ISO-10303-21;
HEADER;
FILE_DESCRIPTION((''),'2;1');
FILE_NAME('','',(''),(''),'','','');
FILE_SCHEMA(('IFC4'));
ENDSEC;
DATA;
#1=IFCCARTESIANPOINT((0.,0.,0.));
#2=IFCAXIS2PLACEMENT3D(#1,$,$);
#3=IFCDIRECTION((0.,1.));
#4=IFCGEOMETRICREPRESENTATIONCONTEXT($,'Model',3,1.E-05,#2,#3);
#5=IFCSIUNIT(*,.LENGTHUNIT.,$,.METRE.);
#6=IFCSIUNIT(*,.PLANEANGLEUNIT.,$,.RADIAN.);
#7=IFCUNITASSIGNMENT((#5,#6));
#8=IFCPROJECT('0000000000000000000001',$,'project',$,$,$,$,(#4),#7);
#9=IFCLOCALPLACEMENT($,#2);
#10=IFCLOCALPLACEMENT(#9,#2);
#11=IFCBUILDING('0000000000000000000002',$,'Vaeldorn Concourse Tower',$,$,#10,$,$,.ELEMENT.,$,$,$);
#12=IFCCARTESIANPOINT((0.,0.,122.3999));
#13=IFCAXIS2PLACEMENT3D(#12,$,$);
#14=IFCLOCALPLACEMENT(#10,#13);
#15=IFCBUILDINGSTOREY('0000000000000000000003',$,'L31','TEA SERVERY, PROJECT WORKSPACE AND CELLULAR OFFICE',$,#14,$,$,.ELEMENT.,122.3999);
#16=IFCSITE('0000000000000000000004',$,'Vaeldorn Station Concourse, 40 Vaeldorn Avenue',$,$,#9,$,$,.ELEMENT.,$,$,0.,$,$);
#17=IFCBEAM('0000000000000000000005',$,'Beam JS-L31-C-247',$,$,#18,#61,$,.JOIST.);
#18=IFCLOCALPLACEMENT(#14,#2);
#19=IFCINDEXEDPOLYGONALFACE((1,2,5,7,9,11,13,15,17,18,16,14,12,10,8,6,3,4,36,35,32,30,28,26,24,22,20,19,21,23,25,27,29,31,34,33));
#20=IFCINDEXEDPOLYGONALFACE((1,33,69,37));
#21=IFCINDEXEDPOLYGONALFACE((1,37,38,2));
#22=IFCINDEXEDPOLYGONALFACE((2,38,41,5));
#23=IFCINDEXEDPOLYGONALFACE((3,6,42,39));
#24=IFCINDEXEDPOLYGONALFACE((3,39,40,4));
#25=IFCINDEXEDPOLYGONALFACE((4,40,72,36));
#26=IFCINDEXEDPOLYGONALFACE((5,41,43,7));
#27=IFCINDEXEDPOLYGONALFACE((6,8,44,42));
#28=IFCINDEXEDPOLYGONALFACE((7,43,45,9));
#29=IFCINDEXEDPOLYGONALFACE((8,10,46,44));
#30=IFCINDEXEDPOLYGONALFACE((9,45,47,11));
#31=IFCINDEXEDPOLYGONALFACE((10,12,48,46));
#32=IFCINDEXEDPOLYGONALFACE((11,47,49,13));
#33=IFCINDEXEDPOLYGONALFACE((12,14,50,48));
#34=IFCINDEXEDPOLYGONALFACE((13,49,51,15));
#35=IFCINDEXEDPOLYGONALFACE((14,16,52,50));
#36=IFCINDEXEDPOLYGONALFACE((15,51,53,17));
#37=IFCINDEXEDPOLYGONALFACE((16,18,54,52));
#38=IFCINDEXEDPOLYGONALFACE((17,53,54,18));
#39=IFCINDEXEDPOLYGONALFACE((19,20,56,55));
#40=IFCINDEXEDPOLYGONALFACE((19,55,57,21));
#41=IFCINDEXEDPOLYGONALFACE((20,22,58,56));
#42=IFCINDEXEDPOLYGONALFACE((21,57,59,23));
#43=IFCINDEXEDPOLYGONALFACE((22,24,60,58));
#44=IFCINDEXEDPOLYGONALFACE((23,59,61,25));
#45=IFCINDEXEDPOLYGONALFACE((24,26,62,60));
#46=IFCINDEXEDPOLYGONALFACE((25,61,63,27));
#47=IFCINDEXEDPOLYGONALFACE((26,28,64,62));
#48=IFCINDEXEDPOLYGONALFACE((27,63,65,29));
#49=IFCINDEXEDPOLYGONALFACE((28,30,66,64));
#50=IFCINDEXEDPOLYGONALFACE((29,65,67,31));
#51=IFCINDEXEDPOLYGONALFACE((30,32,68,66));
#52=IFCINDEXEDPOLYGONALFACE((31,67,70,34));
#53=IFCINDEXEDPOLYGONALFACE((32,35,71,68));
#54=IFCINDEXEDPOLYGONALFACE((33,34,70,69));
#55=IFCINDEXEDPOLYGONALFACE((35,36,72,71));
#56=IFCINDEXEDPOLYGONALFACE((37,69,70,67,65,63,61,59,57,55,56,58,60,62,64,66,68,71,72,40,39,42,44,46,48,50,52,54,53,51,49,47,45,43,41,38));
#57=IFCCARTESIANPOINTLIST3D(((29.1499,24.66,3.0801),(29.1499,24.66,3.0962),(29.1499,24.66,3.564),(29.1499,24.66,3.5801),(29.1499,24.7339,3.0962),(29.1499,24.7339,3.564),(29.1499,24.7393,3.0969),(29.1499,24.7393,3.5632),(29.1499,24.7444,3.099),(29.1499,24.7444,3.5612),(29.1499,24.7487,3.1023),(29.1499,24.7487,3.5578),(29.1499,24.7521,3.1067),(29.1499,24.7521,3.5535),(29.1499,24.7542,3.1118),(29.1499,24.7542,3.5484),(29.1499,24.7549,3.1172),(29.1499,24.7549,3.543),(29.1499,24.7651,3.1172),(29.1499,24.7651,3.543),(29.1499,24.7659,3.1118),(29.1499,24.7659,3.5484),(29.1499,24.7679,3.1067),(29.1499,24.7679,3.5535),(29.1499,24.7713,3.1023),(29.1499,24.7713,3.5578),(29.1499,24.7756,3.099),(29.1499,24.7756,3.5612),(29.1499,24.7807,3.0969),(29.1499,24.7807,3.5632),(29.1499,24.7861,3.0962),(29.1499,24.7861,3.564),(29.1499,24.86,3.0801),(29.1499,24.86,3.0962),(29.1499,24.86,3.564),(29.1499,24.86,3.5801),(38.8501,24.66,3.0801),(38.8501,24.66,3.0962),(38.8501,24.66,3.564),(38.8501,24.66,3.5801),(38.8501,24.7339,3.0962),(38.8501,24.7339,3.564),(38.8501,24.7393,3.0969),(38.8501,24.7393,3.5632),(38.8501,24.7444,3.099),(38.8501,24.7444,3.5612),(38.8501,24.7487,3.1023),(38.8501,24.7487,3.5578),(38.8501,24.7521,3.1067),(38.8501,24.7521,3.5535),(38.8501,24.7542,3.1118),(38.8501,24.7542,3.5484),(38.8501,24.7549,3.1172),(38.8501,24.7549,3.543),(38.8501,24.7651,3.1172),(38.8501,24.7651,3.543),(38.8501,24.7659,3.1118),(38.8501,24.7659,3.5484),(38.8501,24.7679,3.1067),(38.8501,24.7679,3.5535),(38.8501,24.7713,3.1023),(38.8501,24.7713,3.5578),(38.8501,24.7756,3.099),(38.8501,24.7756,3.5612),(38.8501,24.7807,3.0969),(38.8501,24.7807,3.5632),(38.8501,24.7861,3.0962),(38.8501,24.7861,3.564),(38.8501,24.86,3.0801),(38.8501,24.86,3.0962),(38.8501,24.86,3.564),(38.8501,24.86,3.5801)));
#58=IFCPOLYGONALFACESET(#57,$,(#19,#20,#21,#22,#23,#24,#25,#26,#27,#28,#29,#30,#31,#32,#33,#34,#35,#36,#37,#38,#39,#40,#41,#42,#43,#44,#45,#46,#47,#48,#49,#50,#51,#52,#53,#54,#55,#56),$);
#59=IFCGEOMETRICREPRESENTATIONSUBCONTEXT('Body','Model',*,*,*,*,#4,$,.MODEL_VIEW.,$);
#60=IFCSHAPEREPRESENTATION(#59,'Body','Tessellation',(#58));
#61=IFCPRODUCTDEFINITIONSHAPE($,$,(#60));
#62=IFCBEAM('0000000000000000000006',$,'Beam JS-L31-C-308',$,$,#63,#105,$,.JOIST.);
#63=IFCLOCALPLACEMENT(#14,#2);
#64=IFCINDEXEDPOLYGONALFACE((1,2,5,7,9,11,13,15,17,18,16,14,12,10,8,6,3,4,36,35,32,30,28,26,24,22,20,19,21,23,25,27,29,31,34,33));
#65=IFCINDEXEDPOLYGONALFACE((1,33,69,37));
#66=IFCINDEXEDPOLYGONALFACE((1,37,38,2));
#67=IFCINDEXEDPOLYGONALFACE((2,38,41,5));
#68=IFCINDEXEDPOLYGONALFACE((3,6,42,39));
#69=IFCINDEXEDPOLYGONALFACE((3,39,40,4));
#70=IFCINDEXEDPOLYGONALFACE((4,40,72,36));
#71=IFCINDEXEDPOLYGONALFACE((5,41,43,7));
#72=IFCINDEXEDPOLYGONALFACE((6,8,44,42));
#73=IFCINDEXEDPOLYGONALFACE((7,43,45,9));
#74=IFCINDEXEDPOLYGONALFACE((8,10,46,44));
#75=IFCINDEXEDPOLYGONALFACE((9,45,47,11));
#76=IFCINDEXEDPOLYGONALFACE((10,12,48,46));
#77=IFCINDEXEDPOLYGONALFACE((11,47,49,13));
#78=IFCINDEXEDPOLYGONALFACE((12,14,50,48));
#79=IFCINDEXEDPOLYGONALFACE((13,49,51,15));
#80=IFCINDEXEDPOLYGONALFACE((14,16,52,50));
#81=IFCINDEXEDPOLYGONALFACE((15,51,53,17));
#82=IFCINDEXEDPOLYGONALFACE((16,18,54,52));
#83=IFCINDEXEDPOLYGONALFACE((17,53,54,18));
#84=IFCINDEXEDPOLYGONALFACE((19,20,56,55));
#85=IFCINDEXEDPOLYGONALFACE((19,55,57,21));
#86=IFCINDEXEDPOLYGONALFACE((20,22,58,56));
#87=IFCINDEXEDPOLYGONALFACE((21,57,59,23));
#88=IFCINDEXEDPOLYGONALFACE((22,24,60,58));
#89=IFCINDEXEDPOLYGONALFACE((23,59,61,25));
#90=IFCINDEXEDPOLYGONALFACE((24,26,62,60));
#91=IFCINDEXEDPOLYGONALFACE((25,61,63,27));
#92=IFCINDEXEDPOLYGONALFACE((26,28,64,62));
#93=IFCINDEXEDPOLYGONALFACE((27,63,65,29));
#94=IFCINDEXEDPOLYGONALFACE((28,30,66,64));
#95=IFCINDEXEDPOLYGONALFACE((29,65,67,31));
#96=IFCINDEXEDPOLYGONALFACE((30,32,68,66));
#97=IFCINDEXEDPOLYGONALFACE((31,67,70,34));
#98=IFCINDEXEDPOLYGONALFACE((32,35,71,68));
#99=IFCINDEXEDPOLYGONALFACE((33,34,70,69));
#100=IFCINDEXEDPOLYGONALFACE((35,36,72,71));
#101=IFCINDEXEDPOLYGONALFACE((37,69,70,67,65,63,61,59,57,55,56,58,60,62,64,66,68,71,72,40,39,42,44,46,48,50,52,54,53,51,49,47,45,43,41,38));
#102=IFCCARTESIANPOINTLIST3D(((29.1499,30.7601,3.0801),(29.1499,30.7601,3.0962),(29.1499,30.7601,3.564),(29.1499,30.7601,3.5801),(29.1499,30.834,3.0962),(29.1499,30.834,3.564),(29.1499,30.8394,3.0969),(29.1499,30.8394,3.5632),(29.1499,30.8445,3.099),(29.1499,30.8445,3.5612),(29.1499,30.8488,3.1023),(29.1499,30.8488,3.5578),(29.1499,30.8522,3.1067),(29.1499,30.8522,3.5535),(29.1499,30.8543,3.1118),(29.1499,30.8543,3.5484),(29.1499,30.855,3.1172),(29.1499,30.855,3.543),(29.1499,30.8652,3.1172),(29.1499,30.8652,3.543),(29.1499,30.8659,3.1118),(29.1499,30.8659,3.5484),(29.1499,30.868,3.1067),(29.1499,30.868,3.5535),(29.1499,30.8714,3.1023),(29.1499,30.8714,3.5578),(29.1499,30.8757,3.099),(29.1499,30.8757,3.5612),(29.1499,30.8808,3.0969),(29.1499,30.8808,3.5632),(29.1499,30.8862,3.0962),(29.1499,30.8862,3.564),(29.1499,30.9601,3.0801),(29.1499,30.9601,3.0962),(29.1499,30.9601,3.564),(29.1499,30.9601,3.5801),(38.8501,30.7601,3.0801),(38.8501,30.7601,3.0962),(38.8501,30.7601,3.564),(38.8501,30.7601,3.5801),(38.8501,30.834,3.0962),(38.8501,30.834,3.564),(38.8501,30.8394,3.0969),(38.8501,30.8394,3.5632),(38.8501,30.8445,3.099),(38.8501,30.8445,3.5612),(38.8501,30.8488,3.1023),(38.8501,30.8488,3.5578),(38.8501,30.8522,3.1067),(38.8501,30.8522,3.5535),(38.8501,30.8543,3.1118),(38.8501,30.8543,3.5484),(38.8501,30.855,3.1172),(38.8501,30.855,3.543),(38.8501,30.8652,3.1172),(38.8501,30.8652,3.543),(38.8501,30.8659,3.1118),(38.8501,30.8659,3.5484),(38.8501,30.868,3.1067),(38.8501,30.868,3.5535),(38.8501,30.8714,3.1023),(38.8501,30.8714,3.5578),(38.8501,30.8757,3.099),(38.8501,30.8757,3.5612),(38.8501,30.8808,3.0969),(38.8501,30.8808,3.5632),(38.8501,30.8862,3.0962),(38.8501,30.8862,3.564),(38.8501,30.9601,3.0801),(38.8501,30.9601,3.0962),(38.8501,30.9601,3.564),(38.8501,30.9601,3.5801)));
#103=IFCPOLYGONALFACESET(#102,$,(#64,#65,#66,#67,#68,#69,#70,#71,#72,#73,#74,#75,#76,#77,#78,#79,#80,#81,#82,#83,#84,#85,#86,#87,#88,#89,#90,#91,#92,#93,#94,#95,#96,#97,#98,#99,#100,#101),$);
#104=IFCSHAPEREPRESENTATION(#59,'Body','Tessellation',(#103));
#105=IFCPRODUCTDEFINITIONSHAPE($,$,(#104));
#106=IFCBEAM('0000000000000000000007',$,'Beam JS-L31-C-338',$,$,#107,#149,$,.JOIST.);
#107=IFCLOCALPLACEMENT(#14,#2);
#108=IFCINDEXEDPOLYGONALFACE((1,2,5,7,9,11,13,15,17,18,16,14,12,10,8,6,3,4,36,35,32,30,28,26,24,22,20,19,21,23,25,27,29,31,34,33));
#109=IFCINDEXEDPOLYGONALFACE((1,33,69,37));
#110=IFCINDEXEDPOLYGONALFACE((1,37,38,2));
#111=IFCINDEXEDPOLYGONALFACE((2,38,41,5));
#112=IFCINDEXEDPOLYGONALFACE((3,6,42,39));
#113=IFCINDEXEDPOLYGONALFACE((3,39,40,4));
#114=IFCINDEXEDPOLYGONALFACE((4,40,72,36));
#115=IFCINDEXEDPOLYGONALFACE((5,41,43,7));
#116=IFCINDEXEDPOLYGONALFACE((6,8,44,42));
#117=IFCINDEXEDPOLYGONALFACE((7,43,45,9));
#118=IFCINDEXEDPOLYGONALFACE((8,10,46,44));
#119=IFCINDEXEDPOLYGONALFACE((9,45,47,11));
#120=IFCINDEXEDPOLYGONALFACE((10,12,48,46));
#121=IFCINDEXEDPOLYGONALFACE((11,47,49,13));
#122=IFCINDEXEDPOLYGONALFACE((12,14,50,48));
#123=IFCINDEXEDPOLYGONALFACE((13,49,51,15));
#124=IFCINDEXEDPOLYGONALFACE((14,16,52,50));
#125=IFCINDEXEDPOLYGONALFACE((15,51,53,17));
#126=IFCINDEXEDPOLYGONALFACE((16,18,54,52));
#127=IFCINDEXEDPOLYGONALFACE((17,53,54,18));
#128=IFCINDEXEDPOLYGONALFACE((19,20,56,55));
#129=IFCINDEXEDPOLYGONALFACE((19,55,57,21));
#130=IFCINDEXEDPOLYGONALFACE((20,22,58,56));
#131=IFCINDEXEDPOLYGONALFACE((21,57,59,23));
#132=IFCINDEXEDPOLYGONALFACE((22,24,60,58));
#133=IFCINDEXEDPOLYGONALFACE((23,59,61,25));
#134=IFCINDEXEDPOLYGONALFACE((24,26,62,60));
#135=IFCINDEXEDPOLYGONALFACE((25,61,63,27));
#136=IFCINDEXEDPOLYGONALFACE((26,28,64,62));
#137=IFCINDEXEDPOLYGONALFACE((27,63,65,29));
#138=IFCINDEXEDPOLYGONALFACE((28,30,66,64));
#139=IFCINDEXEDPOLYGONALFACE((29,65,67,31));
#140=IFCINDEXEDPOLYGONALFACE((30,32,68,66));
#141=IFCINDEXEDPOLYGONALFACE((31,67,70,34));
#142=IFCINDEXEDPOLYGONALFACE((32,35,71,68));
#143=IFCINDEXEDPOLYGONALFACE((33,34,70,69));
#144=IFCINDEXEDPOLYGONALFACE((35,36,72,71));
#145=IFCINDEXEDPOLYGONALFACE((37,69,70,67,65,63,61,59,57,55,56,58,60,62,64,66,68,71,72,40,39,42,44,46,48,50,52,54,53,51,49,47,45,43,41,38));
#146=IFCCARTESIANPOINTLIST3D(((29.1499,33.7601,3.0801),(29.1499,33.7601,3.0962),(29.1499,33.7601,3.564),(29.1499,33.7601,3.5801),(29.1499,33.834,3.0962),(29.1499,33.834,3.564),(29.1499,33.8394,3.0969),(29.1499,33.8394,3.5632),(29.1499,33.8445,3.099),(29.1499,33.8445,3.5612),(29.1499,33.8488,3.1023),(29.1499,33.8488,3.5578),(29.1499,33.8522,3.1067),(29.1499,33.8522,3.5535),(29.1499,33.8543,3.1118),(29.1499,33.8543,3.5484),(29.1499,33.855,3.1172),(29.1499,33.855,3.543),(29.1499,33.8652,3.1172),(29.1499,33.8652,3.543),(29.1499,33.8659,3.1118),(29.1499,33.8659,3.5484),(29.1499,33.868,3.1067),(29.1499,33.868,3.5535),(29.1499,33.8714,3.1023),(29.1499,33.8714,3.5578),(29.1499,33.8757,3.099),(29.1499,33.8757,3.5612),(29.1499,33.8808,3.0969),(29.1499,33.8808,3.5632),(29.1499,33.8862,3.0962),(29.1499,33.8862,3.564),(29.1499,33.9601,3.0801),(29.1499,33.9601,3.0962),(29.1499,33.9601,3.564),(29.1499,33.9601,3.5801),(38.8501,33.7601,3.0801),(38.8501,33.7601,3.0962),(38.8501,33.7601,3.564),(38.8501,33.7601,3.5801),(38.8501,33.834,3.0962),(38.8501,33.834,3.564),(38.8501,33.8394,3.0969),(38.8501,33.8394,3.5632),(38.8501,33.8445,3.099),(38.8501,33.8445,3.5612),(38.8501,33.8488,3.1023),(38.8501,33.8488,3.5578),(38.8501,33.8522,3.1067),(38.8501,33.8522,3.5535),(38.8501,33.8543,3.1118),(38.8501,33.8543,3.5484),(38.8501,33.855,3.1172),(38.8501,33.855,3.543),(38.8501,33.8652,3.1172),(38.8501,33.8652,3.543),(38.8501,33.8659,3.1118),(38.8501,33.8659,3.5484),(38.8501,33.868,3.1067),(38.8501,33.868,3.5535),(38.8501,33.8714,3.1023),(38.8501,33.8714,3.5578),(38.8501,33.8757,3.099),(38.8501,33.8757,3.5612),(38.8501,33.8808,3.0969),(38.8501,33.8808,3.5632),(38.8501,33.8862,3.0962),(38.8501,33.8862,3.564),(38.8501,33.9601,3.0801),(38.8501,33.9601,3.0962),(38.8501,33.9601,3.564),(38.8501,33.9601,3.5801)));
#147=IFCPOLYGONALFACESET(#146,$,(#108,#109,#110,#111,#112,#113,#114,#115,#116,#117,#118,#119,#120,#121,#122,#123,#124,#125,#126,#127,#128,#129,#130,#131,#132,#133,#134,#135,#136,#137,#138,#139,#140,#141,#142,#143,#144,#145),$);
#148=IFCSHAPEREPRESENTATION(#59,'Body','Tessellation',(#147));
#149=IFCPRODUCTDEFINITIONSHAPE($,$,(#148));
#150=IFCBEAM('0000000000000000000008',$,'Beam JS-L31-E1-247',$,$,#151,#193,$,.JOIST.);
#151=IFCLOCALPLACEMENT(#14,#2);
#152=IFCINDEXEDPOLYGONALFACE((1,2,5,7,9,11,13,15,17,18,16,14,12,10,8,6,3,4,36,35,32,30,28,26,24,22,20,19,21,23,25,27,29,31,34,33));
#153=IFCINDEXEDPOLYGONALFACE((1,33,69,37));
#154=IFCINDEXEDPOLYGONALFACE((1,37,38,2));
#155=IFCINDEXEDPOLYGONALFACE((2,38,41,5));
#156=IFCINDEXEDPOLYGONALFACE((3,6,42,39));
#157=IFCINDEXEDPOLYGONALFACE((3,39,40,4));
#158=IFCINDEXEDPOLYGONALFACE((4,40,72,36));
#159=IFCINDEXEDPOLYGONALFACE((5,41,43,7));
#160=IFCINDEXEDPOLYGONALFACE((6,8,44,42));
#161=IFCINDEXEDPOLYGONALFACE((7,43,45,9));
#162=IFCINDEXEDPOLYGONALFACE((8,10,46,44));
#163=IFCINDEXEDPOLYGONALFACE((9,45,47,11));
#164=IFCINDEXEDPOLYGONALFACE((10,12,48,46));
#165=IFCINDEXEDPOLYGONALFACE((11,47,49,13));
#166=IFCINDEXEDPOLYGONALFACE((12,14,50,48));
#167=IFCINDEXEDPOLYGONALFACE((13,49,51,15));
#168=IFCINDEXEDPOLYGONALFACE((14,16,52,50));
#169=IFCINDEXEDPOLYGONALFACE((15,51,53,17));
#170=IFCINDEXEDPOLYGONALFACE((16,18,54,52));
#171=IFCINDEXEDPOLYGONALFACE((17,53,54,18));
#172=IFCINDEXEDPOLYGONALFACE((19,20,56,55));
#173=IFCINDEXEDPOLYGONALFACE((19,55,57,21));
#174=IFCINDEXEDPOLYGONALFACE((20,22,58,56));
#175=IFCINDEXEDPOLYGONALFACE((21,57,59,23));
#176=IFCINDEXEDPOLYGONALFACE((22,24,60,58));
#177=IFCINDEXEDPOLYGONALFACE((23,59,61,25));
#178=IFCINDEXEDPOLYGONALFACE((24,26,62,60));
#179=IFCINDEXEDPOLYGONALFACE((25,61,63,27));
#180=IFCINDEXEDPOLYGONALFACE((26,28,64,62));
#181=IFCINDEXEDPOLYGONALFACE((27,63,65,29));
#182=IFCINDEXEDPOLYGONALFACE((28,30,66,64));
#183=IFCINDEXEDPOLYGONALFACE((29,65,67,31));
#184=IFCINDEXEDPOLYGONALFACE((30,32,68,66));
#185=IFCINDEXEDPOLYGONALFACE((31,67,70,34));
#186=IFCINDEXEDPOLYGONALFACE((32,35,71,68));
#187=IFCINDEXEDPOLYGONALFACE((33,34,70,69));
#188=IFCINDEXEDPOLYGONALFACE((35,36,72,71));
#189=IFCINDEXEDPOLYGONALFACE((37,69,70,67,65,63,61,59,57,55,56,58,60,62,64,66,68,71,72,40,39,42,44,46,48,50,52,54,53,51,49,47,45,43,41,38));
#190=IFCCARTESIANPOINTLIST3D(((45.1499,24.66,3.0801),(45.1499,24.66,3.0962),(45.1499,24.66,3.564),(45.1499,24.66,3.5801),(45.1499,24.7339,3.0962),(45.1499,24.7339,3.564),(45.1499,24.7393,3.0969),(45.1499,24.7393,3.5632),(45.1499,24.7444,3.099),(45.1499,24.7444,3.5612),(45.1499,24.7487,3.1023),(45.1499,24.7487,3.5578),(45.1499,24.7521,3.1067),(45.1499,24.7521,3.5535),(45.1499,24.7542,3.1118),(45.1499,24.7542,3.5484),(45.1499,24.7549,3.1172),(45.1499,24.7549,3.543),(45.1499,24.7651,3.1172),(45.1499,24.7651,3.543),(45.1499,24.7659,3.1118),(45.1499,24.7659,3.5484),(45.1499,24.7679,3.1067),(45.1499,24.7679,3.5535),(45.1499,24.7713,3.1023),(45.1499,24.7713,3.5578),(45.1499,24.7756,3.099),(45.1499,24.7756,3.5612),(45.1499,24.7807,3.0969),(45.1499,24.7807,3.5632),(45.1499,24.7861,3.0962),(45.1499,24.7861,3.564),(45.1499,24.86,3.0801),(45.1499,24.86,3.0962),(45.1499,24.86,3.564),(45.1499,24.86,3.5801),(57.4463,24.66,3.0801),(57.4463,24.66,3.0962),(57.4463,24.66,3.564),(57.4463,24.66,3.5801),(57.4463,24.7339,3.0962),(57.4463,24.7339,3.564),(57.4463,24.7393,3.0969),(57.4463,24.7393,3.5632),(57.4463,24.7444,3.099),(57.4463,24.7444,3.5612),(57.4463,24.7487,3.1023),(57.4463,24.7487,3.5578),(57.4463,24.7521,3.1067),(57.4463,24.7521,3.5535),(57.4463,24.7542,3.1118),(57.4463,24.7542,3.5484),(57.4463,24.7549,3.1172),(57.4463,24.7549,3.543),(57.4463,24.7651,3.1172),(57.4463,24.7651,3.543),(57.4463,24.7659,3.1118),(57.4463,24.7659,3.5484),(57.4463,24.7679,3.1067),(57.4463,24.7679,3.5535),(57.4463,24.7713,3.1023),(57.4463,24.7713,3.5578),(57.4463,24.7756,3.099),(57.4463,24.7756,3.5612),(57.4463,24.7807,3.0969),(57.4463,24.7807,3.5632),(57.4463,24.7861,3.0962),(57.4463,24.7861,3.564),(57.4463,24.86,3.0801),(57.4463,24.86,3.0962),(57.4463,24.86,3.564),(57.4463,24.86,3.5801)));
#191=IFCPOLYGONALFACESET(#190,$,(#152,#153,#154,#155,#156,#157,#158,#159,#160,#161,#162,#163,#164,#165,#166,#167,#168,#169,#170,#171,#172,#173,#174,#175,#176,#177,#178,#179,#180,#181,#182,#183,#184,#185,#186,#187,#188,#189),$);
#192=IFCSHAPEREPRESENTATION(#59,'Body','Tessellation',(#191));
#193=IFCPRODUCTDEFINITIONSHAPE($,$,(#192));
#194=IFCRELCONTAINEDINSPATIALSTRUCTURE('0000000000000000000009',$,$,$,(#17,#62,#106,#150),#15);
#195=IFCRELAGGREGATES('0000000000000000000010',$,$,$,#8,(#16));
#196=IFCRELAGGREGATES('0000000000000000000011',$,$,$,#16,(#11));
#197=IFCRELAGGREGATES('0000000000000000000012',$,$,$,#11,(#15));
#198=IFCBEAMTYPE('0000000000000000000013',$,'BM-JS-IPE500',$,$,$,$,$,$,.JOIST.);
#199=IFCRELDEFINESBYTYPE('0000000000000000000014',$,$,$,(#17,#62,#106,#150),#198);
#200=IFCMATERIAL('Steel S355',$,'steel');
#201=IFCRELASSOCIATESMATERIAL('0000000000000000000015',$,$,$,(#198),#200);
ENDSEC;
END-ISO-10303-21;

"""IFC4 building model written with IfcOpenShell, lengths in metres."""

from ifc_helpers import new_model, si_unit, direction, frame, origin, origin_2d, place, context, subcontext, project, spatial, i_section, extrude, source, transform, mapped, material, material_profile, profile_set, type_object, element, save


model = new_model("IFC4")

# Units and contexts
model_context = context("Model", 3, precision=1e-05, world=origin(), true_north=direction((0.0, 1.0)))
body_context = subcontext(model_context, "Body", "Model", "MODEL_VIEW")
ifc_project = project(units=[si_unit("LENGTHUNIT", "METRE"), si_unit("PLANEANGLEUNIT", "RADIAN")], contexts=[model_context])

# Site, building, storey
site_placement = place(None, origin())
site = spatial("IfcSite", under=ifc_project, at=site_placement, Name="Vaeldorn Station Concourse, 40 Vaeldorn Avenue", CompositionType="ELEMENT", RefElevation=0.0)
building_placement = place(site_placement, origin())
building = spatial("IfcBuilding", under=site, at=building_placement, Name="Vaeldorn Concourse Tower", CompositionType="ELEMENT")
storey_placement = place(building_placement, frame((0.0, 0.0, 122.3999)))
storey = spatial("IfcBuildingStorey", under=building, at=storey_placement, Name="L31", Description="TEA SERVERY, PROJECT WORKSPACE AND CELLULAR OFFICE", CompositionType="ELEMENT", Elevation=122.3999)

# Beams
ifc_material_1 = material(Name="Steel S355", Category="steel")
ifc_material_profile_1 = material_profile(ifc_material_1, i_section(OverallWidth=0.2, OverallDepth=0.5, WebThickness=0.0103, FlangeThickness=0.0161, FilletRadius=0.021, at=origin_2d()), Name="IPE 500")
ifc_profile_set_1 = profile_set([ifc_material_profile_1], Name="Steel S355")
beam_type_1 = type_object("IfcBeamType", Name="BM-JS-IPE500", PredefinedType="JOIST", material=ifc_profile_set_1)
shared_shape_1 = source(origin(), body_context, "Body", "SweptSolid", [
    extrude(i_section(OverallWidth=0.2, OverallDepth=0.5, WebThickness=0.0103, FlangeThickness=0.0161, FilletRadius=0.021, at=origin_2d()), origin(), (0.0, 0.0, 1.0), 9.7002),
])
for number, where, z_axis, x_axis, name in (
    (1, (29.1499, 24.76, 3.3301), (1.0, 0.0, 0.0), (0.0, 1.0, 0.0), "Beam JS-L31-C-247"),
    (2, (29.1499, 30.8601, 3.3301), (1.0, 0.0, 0.0), (0.0, 1.0, 0.0), "Beam JS-L31-C-308"),
    (3, (29.1499, 33.8601, 3.3301), (1.0, 0.0, 0.0), (0.0, 1.0, 0.0), "Beam JS-L31-C-338"),
):
    element("IfcBeam", number, at=place(storey_placement, frame(where, z_axis=z_axis, x_axis=x_axis)), inside=storey, type_object=beam_type_1, Name=name, PredefinedType="JOIST", context=body_context, shape_type="MappedRepresentation", body=[
        mapped(shared_shape_1, transform((0.0, 0.0, 0.0), scale=1.0)),
    ])
shared_shape_2 = source(origin(), body_context, "Body", "SweptSolid", [
    extrude(i_section(OverallWidth=0.2, OverallDepth=0.5, WebThickness=0.0103, FlangeThickness=0.0161, FilletRadius=0.021, at=origin_2d()), origin(), (0.0, 0.0, 1.0), 12.2964),
])
beam_1_placement = place(storey_placement, frame((45.1499, 24.76, 3.3301), z_axis=(1.0, 0.0, 0.0), x_axis=(0.0, 1.0, 0.0)))
element("IfcBeam", 4, at=beam_1_placement, inside=storey, type_object=beam_type_1, Name="Beam JS-L31-E1-247", PredefinedType="JOIST", context=body_context, shape_type="MappedRepresentation", body=[
    mapped(shared_shape_2, transform((0.0, 0.0, 0.0), scale=1.0)),
])

save(model, "model.ifc")
